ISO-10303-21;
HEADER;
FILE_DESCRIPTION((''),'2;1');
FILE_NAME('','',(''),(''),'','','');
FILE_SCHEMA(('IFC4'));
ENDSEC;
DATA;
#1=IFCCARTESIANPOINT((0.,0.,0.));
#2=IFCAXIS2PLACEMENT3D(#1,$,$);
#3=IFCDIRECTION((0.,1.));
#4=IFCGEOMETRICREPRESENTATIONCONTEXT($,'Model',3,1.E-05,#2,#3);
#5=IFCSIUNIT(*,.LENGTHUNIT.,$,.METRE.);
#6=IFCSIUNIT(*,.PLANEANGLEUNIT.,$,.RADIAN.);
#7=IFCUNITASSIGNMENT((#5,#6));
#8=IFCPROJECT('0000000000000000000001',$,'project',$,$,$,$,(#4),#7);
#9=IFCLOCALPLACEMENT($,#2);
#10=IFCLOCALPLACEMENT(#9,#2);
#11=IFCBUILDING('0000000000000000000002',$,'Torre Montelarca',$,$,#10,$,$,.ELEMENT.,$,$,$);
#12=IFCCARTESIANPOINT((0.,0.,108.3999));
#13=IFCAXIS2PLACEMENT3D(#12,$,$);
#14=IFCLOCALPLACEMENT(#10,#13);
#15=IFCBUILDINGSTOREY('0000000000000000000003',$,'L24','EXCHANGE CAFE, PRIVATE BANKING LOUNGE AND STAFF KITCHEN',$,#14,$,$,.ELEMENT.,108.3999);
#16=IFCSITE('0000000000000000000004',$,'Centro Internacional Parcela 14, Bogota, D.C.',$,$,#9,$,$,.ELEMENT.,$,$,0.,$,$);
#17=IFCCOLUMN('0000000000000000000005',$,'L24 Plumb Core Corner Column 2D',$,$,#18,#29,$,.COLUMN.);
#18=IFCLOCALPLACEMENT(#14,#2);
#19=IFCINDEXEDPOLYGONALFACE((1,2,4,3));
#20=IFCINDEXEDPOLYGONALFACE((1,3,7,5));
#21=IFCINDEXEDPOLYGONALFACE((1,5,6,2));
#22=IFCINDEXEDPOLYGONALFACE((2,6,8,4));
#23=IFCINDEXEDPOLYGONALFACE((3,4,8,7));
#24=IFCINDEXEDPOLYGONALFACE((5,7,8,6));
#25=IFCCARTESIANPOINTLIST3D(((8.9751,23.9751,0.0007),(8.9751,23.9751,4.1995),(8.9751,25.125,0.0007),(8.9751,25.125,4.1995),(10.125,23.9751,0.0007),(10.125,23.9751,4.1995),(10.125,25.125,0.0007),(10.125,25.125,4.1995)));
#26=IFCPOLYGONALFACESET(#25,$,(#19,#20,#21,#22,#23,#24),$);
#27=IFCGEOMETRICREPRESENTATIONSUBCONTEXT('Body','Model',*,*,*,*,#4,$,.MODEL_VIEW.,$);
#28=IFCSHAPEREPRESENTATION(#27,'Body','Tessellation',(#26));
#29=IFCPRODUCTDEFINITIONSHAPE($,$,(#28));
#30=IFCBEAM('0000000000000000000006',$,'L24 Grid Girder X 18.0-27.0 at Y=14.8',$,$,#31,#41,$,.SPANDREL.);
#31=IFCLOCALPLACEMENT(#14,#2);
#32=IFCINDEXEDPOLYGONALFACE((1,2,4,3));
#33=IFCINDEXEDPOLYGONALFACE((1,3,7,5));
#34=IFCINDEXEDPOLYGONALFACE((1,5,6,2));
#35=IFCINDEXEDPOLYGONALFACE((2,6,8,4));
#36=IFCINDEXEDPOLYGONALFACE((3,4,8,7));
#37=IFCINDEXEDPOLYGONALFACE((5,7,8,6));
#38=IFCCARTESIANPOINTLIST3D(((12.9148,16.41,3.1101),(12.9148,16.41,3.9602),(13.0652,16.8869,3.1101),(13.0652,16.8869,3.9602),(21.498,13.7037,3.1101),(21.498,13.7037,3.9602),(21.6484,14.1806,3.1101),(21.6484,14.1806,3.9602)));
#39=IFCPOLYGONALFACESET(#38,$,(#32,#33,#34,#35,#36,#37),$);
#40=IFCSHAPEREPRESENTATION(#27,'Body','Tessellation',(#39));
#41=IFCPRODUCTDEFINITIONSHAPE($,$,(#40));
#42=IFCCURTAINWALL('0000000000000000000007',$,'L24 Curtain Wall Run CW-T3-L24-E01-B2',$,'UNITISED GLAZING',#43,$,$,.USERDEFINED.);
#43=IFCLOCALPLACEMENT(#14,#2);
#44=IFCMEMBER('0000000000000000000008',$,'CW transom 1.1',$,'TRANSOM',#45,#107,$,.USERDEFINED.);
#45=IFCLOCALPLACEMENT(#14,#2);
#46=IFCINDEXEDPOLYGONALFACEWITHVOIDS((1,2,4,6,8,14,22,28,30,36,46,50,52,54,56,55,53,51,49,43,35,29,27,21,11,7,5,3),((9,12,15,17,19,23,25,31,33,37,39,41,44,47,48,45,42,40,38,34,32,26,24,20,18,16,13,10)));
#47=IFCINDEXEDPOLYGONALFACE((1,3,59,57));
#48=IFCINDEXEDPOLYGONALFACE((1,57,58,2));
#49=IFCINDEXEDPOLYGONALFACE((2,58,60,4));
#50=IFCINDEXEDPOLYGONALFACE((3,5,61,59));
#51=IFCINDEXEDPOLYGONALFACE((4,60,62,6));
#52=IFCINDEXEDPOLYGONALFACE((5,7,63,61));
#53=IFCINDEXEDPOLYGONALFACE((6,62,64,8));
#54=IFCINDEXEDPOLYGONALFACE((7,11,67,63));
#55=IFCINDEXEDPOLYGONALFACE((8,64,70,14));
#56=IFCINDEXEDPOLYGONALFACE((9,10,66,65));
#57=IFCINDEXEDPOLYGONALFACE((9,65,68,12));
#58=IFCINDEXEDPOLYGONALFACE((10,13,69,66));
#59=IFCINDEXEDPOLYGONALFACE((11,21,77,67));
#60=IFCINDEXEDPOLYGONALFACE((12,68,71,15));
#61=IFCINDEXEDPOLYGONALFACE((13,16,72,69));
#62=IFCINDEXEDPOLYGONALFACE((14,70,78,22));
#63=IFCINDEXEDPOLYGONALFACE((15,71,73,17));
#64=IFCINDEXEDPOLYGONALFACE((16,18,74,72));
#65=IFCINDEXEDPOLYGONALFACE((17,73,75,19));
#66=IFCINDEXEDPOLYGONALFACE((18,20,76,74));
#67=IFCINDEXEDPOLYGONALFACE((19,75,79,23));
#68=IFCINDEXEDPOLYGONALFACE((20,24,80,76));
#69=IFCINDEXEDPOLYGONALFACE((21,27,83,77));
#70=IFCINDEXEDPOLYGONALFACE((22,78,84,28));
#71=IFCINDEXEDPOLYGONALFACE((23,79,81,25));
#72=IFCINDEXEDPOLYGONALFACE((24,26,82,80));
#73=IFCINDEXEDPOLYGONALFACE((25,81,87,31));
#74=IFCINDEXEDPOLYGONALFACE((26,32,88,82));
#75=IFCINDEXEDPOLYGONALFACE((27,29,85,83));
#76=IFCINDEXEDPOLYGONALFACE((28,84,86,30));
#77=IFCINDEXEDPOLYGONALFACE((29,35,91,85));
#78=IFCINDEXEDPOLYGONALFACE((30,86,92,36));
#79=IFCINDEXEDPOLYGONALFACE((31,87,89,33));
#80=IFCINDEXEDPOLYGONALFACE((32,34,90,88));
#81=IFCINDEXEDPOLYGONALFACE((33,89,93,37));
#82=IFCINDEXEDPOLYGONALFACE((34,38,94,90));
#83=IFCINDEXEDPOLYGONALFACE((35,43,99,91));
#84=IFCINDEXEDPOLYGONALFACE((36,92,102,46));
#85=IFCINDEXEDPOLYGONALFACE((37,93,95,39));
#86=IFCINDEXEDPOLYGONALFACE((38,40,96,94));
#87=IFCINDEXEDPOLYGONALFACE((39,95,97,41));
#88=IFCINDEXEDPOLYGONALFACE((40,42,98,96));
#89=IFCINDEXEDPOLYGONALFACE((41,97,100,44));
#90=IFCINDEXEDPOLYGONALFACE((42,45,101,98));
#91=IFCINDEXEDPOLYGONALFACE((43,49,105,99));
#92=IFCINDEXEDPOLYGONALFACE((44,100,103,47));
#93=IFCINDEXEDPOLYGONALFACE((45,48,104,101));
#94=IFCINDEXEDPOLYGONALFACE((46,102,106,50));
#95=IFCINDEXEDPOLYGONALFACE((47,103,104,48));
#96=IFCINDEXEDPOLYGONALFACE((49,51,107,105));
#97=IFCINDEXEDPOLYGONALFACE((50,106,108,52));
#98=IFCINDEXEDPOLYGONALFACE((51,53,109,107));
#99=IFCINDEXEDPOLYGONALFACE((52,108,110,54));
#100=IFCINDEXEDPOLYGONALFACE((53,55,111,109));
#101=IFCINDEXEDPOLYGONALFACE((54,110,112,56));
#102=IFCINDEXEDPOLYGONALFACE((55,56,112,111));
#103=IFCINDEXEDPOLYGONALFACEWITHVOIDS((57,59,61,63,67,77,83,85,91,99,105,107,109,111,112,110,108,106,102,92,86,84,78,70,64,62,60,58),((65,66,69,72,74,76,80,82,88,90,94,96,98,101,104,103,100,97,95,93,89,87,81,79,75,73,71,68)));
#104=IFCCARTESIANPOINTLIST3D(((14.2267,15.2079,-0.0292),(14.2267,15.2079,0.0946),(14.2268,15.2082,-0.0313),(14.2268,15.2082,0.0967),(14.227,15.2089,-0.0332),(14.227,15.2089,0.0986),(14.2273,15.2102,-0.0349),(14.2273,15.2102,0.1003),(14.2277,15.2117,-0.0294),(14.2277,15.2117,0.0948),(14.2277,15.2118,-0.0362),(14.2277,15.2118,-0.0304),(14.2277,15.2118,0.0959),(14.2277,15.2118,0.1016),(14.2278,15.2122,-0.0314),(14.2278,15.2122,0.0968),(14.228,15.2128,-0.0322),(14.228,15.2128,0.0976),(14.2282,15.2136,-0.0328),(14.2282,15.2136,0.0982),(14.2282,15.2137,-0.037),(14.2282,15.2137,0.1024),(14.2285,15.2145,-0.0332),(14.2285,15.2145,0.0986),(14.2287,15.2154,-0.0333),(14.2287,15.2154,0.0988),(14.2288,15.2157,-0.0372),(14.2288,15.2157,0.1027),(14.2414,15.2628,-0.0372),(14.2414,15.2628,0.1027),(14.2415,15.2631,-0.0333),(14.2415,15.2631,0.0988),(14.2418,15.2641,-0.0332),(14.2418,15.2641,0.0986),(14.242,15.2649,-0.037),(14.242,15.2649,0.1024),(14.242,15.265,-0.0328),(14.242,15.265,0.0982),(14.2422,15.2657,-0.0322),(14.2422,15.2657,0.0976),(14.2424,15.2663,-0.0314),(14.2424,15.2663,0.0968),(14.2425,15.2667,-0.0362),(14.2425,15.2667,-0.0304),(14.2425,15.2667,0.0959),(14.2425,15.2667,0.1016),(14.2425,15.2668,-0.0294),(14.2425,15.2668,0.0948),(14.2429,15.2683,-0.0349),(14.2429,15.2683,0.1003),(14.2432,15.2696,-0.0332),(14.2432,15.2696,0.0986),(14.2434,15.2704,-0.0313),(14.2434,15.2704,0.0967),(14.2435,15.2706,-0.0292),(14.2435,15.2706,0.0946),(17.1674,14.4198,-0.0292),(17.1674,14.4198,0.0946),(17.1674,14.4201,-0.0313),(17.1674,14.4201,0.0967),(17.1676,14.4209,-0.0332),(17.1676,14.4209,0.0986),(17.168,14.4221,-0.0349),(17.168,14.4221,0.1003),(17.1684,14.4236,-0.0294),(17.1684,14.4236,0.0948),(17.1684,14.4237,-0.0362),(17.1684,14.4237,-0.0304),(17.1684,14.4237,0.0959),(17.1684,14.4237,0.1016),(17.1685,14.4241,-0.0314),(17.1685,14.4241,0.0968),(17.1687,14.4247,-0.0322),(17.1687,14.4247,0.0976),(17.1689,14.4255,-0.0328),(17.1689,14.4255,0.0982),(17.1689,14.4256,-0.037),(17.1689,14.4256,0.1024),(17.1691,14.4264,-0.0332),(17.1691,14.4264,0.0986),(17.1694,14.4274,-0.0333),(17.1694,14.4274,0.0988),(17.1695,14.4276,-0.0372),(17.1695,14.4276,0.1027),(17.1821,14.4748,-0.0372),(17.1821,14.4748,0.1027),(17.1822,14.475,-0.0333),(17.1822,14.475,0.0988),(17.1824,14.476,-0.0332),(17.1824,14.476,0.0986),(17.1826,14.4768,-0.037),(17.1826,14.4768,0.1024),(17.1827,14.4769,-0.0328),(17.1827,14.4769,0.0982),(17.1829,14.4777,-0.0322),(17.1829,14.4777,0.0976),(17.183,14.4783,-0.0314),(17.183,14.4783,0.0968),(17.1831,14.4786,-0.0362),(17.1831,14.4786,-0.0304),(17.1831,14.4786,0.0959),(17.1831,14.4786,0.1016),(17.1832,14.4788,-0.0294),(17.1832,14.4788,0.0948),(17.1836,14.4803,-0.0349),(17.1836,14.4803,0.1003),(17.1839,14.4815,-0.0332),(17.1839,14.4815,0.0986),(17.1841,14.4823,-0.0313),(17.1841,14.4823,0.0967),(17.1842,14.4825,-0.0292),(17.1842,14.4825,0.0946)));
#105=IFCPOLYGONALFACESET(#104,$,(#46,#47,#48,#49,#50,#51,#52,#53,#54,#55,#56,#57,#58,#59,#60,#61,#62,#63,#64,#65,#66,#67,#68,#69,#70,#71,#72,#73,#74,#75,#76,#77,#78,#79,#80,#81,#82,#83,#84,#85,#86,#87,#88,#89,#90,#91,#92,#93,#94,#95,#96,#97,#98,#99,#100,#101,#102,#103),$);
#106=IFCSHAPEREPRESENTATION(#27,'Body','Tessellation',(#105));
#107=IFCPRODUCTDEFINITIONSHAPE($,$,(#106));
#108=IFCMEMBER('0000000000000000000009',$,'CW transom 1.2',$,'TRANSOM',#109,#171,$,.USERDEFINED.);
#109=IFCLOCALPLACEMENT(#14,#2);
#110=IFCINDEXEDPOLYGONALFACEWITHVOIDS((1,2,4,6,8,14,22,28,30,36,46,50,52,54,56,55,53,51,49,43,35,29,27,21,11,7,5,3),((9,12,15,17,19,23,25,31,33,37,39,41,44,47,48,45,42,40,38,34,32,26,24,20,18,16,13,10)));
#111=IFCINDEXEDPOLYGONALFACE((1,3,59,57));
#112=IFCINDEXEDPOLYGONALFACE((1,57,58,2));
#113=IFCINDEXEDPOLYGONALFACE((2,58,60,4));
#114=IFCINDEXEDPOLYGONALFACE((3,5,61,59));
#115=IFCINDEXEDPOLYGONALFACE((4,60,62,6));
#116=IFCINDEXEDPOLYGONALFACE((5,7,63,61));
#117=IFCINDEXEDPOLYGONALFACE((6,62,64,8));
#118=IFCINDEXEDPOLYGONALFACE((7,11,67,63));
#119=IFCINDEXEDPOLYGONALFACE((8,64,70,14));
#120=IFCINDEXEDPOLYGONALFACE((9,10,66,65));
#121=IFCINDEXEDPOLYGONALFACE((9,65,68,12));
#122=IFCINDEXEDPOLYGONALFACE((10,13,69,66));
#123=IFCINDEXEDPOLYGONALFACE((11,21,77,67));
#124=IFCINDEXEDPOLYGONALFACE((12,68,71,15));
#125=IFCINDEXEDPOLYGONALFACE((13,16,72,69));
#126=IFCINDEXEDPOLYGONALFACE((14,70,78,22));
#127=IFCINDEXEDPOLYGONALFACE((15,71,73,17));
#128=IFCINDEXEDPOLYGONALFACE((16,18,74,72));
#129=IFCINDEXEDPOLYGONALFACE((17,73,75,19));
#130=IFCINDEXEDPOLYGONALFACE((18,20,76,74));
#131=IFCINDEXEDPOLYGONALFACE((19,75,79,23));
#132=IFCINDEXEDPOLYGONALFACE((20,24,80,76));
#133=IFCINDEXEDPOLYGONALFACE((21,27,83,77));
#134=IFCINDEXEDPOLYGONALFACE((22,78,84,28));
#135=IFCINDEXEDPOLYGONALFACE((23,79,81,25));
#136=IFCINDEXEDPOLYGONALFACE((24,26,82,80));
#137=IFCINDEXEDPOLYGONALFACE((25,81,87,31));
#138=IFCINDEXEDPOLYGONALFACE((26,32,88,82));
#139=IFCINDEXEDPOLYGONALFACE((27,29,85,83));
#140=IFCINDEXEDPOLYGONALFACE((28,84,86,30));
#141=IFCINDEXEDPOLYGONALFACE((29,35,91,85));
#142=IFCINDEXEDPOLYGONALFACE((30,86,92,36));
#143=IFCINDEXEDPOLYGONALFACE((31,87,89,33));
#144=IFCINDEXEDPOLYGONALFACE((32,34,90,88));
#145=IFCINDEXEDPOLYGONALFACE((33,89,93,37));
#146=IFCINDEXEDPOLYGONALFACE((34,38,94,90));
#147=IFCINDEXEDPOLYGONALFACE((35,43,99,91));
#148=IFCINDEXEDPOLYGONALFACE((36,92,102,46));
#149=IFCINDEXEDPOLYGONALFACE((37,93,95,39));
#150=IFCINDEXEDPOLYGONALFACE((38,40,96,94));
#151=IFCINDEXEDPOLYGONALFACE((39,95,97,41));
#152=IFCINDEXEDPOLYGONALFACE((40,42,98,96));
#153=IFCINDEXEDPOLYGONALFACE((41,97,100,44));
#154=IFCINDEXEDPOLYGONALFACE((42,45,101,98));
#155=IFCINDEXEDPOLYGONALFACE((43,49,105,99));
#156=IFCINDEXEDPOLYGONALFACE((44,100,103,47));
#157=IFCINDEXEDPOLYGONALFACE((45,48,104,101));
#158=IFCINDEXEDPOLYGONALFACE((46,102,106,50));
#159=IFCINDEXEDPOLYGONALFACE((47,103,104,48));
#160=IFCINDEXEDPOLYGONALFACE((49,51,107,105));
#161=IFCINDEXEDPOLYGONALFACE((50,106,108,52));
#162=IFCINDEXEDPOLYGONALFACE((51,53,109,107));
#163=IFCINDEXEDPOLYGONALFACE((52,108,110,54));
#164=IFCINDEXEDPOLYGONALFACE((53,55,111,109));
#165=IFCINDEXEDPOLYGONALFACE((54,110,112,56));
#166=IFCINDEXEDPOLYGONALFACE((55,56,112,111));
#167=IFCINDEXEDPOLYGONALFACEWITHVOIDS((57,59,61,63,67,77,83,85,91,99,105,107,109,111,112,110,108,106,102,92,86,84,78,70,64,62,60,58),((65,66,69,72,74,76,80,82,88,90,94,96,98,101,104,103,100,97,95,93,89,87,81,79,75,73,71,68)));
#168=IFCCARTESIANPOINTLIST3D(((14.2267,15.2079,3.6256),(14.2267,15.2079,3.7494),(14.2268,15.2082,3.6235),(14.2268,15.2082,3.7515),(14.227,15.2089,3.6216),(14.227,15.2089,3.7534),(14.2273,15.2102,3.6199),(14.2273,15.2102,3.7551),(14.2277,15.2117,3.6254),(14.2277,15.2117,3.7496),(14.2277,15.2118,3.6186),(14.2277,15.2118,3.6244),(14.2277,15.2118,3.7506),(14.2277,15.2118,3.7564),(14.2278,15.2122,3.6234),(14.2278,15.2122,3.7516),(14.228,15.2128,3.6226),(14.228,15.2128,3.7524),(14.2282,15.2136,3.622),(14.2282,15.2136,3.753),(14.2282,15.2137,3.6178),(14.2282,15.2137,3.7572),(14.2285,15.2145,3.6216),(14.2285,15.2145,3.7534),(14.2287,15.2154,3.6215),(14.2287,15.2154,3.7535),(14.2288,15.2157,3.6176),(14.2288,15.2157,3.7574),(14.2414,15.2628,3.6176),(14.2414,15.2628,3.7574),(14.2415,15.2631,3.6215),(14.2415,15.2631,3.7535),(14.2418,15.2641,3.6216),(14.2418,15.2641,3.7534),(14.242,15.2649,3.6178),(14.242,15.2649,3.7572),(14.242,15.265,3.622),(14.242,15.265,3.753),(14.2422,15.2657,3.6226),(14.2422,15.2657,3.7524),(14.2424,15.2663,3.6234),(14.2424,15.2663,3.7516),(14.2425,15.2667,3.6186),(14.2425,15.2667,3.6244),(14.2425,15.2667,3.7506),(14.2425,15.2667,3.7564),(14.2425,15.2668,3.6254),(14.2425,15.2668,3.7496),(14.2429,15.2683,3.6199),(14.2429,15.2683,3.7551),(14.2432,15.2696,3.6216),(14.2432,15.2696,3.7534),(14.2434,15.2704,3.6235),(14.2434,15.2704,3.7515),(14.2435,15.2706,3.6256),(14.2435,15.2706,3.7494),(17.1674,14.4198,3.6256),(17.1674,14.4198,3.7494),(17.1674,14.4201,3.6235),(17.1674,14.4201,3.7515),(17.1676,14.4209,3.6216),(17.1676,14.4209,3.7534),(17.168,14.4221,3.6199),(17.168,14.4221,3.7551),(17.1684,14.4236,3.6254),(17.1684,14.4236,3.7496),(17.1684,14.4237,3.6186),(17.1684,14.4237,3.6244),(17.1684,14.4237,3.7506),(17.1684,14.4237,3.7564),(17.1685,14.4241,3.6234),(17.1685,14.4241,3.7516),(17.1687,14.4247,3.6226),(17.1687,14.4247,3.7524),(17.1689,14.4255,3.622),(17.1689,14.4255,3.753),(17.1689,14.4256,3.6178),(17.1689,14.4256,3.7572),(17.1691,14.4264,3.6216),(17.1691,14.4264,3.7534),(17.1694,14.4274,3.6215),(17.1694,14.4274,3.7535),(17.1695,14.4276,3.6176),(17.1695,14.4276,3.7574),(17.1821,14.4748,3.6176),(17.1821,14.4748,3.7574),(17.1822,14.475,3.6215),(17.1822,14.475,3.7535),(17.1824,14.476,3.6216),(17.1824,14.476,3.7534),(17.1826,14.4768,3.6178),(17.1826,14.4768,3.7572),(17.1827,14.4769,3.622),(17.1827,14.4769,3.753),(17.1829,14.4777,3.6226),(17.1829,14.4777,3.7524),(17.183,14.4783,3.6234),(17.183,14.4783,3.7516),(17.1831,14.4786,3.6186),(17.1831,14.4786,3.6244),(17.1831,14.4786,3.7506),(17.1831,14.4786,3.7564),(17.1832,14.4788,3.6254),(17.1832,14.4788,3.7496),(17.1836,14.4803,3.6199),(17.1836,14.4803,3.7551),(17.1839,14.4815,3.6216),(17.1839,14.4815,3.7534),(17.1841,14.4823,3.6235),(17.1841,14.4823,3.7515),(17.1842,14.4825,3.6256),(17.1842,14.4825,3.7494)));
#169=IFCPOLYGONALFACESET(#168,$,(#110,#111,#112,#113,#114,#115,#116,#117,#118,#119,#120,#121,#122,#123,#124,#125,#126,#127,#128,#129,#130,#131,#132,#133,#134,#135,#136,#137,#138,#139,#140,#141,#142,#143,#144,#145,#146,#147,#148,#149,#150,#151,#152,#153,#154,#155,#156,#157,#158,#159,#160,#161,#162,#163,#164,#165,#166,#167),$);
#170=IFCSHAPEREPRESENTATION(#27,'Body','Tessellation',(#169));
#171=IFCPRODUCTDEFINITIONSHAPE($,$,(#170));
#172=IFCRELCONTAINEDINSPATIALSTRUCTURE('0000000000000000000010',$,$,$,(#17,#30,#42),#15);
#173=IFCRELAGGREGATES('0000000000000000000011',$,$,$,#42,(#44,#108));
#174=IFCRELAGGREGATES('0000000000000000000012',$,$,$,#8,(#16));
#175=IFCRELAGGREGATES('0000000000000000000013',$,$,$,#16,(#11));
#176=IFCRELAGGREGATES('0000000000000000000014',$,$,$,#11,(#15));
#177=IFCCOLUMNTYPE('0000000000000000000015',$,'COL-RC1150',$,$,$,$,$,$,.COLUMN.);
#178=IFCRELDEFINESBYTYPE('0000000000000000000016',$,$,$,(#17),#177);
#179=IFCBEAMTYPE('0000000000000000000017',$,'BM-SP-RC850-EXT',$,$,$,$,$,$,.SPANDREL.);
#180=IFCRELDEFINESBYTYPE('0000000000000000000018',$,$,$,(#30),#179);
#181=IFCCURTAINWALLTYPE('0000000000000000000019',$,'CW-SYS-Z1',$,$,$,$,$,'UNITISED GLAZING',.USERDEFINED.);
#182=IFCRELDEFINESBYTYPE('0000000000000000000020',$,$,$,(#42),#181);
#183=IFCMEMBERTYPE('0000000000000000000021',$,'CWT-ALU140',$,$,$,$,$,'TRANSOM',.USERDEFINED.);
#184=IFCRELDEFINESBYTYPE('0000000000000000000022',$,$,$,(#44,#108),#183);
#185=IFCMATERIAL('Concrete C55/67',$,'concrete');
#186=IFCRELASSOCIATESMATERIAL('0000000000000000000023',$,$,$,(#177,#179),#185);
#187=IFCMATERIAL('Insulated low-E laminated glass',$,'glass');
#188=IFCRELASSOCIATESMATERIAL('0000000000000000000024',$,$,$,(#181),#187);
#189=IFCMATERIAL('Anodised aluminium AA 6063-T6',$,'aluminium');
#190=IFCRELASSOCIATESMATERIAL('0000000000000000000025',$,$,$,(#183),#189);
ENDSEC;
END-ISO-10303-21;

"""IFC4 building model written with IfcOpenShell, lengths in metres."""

from ifc_helpers import new_model, si_unit, direction, frame, origin, origin_2d, place, context, subcontext, project, spatial, rectangle, hollow_rectangle, extrude, source, transform, mapped, material, material_profile, profile_set, type_object, element, aggregate, save


model = new_model("IFC4")

# Units and contexts
model_context = context("Model", 3, precision=1e-05, world=origin(), true_north=direction((0.0, 1.0)))
body_context = subcontext(model_context, "Body", "Model", "MODEL_VIEW")
ifc_project = project(units=[si_unit("LENGTHUNIT", "METRE"), si_unit("PLANEANGLEUNIT", "RADIAN")], contexts=[model_context])

# Site, building, storey
site_placement = place(None, origin())
site = spatial("IfcSite", under=ifc_project, at=site_placement, Name="Centro Internacional Parcela 14, Bogota, D.C.", CompositionType="ELEMENT", RefElevation=0.0)
building_placement = place(site_placement, origin())
building = spatial("IfcBuilding", under=site, at=building_placement, Name="Torre Montelarca", CompositionType="ELEMENT")
storey_placement = place(building_placement, frame((0.0, 0.0, 108.3999)))
storey = spatial("IfcBuildingStorey", under=building, at=storey_placement, Name="L24", Description="EXCHANGE CAFE, PRIVATE BANKING LOUNGE AND STAFF KITCHEN", CompositionType="ELEMENT", Elevation=108.3999)

# Column
ifc_material_1 = material(Name="Concrete C55/67", Category="concrete")
ifc_material_profile_1 = material_profile(ifc_material_1, rectangle(XDim=1.1499, YDim=1.1499, at=origin_2d()), Name="RC1150X1150", Category="concrete")
ifc_profile_set_1 = profile_set([ifc_material_profile_1], Name="Concrete C55/67")
column_type_1 = type_object("IfcColumnType", Name="COL-RC1150", PredefinedType="COLUMN", material=ifc_profile_set_1)
shared_shape_1 = source(origin(), body_context, "Body", "SweptSolid", [
    extrude(rectangle(XDim=1.1499, YDim=1.1499, at=origin_2d()), origin(), (0.0, 0.0, 1.0), 4.1987),
])
column_1_placement = place(storey_placement, frame((9.55, 24.55, 0.0007), z_axis=(0.0, 0.0, 1.0), x_axis=(1.0, 0.0, 0.0)))
element("IfcColumn", 1, at=column_1_placement, inside=storey, type_object=column_type_1, Name="L24 Plumb Core Corner Column 2D", PredefinedType="COLUMN", context=body_context, shape_type="MappedRepresentation", body=[
    mapped(shared_shape_1, transform((0.0, 0.0, 0.0), scale=1.0)),
])

# Beam
ifc_material_profile_2 = material_profile(ifc_material_1, rectangle(XDim=0.5, YDim=0.8501, at=origin_2d()), Name="RCB500X850", Category="concrete")
ifc_profile_set_2 = profile_set([ifc_material_profile_2], Name="Concrete C55/67")
beam_type = type_object("IfcBeamType", Name="BM-SP-RC850-EXT", PredefinedType="SPANDREL", material=ifc_profile_set_2)
shared_shape_2 = source(origin(), body_context, "Body", "SweptSolid", [
    extrude(rectangle(XDim=0.5, YDim=0.8501, at=origin_2d()), origin(), (0.0, 0.0, 1.0), 8.9998),
])
beam_placement = place(storey_placement, frame((12.99, 16.6484, 3.5352), z_axis=(0.953717, -0.300707, 0.0), x_axis=(0.300707, 0.953717, 0.0)))
element("IfcBeam", 2, at=beam_placement, inside=storey, type_object=beam_type, Name="L24 Grid Girder X 18.0-27.0 at Y=14.8", PredefinedType="SPANDREL", context=body_context, shape_type="MappedRepresentation", body=[
    mapped(shared_shape_2, transform((0.0, 0.0, 0.0), scale=1.0)),
])

# Curtain wall, members
ifc_material_2 = material(Name="Insulated low-E laminated glass", Category="glass")
curtain_wall_type = type_object("IfcCurtainWallType", Name="CW-SYS-Z1", ElementType="UNITISED GLAZING", PredefinedType="USERDEFINED", material=ifc_material_2)
curtain_wall_1_placement = place(storey_placement, origin())
curtain_wall_1 = element("IfcCurtainWall", 3, at=curtain_wall_1_placement, inside=storey, type_object=curtain_wall_type, Name="L24 Curtain Wall Run CW-T3-L24-E01-B2", ObjectType="UNITISED GLAZING", PredefinedType="USERDEFINED")
ifc_material_3 = material(Name="Anodised aluminium AA 6063-T6", Category="aluminium")
ifc_material_profile_3 = material_profile(ifc_material_3, hollow_rectangle(XDim=0.0649, YDim=0.1399, WallThickness=0.0039, InnerFilletRadius=0.0039, OuterFilletRadius=0.0081, at=origin_2d()), Name="ALU65X140X4", Category="aluminium")
ifc_profile_set_3 = profile_set([ifc_material_profile_3], Name="Anodised aluminium AA 6063-T6")
member_type_1 = type_object("IfcMemberType", Name="CWT-ALU140", ElementType="TRANSOM", PredefinedType="USERDEFINED", material=ifc_profile_set_3)
shared_shape_3 = source(origin(), body_context, "Body", "SweptSolid", [
    extrude(hollow_rectangle(XDim=0.0649, YDim=0.1399, WallThickness=0.0039, InnerFilletRadius=0.0039, OuterFilletRadius=0.0081, at=origin_2d()), origin(), (0.0, 0.0, 1.0), 3.0444),
])
member_1_placement = place(storey_placement, frame((14.2351, 15.2393, 0.0327), z_axis=(0.965915, -0.25886, 0.0), x_axis=(0.25886, 0.965915, 0.0)))
member_1 = element("IfcMember", 4, at=member_1_placement, type_object=member_type_1, Name="CW transom 1.1", ObjectType="TRANSOM", PredefinedType="USERDEFINED", context=body_context, shape_type="MappedRepresentation", body=[
    mapped(shared_shape_3, transform((0.0, 0.0, 0.0), scale=1.0)),
])
member_2_placement = place(storey_placement, frame((14.2351, 15.2393, 3.6875), z_axis=(0.965915, -0.25886, 0.0), x_axis=(0.25886, 0.965915, 0.0)))
member_2 = element("IfcMember", 5, at=member_2_placement, type_object=member_type_1, Name="CW transom 1.2", ObjectType="TRANSOM", PredefinedType="USERDEFINED", context=body_context, shape_type="MappedRepresentation", body=[
    mapped(shared_shape_3, transform((0.0, 0.0, 0.0), scale=1.0)),
])

aggregate(curtain_wall_1, [member_1, member_2])

save(model, "model.ifc")
